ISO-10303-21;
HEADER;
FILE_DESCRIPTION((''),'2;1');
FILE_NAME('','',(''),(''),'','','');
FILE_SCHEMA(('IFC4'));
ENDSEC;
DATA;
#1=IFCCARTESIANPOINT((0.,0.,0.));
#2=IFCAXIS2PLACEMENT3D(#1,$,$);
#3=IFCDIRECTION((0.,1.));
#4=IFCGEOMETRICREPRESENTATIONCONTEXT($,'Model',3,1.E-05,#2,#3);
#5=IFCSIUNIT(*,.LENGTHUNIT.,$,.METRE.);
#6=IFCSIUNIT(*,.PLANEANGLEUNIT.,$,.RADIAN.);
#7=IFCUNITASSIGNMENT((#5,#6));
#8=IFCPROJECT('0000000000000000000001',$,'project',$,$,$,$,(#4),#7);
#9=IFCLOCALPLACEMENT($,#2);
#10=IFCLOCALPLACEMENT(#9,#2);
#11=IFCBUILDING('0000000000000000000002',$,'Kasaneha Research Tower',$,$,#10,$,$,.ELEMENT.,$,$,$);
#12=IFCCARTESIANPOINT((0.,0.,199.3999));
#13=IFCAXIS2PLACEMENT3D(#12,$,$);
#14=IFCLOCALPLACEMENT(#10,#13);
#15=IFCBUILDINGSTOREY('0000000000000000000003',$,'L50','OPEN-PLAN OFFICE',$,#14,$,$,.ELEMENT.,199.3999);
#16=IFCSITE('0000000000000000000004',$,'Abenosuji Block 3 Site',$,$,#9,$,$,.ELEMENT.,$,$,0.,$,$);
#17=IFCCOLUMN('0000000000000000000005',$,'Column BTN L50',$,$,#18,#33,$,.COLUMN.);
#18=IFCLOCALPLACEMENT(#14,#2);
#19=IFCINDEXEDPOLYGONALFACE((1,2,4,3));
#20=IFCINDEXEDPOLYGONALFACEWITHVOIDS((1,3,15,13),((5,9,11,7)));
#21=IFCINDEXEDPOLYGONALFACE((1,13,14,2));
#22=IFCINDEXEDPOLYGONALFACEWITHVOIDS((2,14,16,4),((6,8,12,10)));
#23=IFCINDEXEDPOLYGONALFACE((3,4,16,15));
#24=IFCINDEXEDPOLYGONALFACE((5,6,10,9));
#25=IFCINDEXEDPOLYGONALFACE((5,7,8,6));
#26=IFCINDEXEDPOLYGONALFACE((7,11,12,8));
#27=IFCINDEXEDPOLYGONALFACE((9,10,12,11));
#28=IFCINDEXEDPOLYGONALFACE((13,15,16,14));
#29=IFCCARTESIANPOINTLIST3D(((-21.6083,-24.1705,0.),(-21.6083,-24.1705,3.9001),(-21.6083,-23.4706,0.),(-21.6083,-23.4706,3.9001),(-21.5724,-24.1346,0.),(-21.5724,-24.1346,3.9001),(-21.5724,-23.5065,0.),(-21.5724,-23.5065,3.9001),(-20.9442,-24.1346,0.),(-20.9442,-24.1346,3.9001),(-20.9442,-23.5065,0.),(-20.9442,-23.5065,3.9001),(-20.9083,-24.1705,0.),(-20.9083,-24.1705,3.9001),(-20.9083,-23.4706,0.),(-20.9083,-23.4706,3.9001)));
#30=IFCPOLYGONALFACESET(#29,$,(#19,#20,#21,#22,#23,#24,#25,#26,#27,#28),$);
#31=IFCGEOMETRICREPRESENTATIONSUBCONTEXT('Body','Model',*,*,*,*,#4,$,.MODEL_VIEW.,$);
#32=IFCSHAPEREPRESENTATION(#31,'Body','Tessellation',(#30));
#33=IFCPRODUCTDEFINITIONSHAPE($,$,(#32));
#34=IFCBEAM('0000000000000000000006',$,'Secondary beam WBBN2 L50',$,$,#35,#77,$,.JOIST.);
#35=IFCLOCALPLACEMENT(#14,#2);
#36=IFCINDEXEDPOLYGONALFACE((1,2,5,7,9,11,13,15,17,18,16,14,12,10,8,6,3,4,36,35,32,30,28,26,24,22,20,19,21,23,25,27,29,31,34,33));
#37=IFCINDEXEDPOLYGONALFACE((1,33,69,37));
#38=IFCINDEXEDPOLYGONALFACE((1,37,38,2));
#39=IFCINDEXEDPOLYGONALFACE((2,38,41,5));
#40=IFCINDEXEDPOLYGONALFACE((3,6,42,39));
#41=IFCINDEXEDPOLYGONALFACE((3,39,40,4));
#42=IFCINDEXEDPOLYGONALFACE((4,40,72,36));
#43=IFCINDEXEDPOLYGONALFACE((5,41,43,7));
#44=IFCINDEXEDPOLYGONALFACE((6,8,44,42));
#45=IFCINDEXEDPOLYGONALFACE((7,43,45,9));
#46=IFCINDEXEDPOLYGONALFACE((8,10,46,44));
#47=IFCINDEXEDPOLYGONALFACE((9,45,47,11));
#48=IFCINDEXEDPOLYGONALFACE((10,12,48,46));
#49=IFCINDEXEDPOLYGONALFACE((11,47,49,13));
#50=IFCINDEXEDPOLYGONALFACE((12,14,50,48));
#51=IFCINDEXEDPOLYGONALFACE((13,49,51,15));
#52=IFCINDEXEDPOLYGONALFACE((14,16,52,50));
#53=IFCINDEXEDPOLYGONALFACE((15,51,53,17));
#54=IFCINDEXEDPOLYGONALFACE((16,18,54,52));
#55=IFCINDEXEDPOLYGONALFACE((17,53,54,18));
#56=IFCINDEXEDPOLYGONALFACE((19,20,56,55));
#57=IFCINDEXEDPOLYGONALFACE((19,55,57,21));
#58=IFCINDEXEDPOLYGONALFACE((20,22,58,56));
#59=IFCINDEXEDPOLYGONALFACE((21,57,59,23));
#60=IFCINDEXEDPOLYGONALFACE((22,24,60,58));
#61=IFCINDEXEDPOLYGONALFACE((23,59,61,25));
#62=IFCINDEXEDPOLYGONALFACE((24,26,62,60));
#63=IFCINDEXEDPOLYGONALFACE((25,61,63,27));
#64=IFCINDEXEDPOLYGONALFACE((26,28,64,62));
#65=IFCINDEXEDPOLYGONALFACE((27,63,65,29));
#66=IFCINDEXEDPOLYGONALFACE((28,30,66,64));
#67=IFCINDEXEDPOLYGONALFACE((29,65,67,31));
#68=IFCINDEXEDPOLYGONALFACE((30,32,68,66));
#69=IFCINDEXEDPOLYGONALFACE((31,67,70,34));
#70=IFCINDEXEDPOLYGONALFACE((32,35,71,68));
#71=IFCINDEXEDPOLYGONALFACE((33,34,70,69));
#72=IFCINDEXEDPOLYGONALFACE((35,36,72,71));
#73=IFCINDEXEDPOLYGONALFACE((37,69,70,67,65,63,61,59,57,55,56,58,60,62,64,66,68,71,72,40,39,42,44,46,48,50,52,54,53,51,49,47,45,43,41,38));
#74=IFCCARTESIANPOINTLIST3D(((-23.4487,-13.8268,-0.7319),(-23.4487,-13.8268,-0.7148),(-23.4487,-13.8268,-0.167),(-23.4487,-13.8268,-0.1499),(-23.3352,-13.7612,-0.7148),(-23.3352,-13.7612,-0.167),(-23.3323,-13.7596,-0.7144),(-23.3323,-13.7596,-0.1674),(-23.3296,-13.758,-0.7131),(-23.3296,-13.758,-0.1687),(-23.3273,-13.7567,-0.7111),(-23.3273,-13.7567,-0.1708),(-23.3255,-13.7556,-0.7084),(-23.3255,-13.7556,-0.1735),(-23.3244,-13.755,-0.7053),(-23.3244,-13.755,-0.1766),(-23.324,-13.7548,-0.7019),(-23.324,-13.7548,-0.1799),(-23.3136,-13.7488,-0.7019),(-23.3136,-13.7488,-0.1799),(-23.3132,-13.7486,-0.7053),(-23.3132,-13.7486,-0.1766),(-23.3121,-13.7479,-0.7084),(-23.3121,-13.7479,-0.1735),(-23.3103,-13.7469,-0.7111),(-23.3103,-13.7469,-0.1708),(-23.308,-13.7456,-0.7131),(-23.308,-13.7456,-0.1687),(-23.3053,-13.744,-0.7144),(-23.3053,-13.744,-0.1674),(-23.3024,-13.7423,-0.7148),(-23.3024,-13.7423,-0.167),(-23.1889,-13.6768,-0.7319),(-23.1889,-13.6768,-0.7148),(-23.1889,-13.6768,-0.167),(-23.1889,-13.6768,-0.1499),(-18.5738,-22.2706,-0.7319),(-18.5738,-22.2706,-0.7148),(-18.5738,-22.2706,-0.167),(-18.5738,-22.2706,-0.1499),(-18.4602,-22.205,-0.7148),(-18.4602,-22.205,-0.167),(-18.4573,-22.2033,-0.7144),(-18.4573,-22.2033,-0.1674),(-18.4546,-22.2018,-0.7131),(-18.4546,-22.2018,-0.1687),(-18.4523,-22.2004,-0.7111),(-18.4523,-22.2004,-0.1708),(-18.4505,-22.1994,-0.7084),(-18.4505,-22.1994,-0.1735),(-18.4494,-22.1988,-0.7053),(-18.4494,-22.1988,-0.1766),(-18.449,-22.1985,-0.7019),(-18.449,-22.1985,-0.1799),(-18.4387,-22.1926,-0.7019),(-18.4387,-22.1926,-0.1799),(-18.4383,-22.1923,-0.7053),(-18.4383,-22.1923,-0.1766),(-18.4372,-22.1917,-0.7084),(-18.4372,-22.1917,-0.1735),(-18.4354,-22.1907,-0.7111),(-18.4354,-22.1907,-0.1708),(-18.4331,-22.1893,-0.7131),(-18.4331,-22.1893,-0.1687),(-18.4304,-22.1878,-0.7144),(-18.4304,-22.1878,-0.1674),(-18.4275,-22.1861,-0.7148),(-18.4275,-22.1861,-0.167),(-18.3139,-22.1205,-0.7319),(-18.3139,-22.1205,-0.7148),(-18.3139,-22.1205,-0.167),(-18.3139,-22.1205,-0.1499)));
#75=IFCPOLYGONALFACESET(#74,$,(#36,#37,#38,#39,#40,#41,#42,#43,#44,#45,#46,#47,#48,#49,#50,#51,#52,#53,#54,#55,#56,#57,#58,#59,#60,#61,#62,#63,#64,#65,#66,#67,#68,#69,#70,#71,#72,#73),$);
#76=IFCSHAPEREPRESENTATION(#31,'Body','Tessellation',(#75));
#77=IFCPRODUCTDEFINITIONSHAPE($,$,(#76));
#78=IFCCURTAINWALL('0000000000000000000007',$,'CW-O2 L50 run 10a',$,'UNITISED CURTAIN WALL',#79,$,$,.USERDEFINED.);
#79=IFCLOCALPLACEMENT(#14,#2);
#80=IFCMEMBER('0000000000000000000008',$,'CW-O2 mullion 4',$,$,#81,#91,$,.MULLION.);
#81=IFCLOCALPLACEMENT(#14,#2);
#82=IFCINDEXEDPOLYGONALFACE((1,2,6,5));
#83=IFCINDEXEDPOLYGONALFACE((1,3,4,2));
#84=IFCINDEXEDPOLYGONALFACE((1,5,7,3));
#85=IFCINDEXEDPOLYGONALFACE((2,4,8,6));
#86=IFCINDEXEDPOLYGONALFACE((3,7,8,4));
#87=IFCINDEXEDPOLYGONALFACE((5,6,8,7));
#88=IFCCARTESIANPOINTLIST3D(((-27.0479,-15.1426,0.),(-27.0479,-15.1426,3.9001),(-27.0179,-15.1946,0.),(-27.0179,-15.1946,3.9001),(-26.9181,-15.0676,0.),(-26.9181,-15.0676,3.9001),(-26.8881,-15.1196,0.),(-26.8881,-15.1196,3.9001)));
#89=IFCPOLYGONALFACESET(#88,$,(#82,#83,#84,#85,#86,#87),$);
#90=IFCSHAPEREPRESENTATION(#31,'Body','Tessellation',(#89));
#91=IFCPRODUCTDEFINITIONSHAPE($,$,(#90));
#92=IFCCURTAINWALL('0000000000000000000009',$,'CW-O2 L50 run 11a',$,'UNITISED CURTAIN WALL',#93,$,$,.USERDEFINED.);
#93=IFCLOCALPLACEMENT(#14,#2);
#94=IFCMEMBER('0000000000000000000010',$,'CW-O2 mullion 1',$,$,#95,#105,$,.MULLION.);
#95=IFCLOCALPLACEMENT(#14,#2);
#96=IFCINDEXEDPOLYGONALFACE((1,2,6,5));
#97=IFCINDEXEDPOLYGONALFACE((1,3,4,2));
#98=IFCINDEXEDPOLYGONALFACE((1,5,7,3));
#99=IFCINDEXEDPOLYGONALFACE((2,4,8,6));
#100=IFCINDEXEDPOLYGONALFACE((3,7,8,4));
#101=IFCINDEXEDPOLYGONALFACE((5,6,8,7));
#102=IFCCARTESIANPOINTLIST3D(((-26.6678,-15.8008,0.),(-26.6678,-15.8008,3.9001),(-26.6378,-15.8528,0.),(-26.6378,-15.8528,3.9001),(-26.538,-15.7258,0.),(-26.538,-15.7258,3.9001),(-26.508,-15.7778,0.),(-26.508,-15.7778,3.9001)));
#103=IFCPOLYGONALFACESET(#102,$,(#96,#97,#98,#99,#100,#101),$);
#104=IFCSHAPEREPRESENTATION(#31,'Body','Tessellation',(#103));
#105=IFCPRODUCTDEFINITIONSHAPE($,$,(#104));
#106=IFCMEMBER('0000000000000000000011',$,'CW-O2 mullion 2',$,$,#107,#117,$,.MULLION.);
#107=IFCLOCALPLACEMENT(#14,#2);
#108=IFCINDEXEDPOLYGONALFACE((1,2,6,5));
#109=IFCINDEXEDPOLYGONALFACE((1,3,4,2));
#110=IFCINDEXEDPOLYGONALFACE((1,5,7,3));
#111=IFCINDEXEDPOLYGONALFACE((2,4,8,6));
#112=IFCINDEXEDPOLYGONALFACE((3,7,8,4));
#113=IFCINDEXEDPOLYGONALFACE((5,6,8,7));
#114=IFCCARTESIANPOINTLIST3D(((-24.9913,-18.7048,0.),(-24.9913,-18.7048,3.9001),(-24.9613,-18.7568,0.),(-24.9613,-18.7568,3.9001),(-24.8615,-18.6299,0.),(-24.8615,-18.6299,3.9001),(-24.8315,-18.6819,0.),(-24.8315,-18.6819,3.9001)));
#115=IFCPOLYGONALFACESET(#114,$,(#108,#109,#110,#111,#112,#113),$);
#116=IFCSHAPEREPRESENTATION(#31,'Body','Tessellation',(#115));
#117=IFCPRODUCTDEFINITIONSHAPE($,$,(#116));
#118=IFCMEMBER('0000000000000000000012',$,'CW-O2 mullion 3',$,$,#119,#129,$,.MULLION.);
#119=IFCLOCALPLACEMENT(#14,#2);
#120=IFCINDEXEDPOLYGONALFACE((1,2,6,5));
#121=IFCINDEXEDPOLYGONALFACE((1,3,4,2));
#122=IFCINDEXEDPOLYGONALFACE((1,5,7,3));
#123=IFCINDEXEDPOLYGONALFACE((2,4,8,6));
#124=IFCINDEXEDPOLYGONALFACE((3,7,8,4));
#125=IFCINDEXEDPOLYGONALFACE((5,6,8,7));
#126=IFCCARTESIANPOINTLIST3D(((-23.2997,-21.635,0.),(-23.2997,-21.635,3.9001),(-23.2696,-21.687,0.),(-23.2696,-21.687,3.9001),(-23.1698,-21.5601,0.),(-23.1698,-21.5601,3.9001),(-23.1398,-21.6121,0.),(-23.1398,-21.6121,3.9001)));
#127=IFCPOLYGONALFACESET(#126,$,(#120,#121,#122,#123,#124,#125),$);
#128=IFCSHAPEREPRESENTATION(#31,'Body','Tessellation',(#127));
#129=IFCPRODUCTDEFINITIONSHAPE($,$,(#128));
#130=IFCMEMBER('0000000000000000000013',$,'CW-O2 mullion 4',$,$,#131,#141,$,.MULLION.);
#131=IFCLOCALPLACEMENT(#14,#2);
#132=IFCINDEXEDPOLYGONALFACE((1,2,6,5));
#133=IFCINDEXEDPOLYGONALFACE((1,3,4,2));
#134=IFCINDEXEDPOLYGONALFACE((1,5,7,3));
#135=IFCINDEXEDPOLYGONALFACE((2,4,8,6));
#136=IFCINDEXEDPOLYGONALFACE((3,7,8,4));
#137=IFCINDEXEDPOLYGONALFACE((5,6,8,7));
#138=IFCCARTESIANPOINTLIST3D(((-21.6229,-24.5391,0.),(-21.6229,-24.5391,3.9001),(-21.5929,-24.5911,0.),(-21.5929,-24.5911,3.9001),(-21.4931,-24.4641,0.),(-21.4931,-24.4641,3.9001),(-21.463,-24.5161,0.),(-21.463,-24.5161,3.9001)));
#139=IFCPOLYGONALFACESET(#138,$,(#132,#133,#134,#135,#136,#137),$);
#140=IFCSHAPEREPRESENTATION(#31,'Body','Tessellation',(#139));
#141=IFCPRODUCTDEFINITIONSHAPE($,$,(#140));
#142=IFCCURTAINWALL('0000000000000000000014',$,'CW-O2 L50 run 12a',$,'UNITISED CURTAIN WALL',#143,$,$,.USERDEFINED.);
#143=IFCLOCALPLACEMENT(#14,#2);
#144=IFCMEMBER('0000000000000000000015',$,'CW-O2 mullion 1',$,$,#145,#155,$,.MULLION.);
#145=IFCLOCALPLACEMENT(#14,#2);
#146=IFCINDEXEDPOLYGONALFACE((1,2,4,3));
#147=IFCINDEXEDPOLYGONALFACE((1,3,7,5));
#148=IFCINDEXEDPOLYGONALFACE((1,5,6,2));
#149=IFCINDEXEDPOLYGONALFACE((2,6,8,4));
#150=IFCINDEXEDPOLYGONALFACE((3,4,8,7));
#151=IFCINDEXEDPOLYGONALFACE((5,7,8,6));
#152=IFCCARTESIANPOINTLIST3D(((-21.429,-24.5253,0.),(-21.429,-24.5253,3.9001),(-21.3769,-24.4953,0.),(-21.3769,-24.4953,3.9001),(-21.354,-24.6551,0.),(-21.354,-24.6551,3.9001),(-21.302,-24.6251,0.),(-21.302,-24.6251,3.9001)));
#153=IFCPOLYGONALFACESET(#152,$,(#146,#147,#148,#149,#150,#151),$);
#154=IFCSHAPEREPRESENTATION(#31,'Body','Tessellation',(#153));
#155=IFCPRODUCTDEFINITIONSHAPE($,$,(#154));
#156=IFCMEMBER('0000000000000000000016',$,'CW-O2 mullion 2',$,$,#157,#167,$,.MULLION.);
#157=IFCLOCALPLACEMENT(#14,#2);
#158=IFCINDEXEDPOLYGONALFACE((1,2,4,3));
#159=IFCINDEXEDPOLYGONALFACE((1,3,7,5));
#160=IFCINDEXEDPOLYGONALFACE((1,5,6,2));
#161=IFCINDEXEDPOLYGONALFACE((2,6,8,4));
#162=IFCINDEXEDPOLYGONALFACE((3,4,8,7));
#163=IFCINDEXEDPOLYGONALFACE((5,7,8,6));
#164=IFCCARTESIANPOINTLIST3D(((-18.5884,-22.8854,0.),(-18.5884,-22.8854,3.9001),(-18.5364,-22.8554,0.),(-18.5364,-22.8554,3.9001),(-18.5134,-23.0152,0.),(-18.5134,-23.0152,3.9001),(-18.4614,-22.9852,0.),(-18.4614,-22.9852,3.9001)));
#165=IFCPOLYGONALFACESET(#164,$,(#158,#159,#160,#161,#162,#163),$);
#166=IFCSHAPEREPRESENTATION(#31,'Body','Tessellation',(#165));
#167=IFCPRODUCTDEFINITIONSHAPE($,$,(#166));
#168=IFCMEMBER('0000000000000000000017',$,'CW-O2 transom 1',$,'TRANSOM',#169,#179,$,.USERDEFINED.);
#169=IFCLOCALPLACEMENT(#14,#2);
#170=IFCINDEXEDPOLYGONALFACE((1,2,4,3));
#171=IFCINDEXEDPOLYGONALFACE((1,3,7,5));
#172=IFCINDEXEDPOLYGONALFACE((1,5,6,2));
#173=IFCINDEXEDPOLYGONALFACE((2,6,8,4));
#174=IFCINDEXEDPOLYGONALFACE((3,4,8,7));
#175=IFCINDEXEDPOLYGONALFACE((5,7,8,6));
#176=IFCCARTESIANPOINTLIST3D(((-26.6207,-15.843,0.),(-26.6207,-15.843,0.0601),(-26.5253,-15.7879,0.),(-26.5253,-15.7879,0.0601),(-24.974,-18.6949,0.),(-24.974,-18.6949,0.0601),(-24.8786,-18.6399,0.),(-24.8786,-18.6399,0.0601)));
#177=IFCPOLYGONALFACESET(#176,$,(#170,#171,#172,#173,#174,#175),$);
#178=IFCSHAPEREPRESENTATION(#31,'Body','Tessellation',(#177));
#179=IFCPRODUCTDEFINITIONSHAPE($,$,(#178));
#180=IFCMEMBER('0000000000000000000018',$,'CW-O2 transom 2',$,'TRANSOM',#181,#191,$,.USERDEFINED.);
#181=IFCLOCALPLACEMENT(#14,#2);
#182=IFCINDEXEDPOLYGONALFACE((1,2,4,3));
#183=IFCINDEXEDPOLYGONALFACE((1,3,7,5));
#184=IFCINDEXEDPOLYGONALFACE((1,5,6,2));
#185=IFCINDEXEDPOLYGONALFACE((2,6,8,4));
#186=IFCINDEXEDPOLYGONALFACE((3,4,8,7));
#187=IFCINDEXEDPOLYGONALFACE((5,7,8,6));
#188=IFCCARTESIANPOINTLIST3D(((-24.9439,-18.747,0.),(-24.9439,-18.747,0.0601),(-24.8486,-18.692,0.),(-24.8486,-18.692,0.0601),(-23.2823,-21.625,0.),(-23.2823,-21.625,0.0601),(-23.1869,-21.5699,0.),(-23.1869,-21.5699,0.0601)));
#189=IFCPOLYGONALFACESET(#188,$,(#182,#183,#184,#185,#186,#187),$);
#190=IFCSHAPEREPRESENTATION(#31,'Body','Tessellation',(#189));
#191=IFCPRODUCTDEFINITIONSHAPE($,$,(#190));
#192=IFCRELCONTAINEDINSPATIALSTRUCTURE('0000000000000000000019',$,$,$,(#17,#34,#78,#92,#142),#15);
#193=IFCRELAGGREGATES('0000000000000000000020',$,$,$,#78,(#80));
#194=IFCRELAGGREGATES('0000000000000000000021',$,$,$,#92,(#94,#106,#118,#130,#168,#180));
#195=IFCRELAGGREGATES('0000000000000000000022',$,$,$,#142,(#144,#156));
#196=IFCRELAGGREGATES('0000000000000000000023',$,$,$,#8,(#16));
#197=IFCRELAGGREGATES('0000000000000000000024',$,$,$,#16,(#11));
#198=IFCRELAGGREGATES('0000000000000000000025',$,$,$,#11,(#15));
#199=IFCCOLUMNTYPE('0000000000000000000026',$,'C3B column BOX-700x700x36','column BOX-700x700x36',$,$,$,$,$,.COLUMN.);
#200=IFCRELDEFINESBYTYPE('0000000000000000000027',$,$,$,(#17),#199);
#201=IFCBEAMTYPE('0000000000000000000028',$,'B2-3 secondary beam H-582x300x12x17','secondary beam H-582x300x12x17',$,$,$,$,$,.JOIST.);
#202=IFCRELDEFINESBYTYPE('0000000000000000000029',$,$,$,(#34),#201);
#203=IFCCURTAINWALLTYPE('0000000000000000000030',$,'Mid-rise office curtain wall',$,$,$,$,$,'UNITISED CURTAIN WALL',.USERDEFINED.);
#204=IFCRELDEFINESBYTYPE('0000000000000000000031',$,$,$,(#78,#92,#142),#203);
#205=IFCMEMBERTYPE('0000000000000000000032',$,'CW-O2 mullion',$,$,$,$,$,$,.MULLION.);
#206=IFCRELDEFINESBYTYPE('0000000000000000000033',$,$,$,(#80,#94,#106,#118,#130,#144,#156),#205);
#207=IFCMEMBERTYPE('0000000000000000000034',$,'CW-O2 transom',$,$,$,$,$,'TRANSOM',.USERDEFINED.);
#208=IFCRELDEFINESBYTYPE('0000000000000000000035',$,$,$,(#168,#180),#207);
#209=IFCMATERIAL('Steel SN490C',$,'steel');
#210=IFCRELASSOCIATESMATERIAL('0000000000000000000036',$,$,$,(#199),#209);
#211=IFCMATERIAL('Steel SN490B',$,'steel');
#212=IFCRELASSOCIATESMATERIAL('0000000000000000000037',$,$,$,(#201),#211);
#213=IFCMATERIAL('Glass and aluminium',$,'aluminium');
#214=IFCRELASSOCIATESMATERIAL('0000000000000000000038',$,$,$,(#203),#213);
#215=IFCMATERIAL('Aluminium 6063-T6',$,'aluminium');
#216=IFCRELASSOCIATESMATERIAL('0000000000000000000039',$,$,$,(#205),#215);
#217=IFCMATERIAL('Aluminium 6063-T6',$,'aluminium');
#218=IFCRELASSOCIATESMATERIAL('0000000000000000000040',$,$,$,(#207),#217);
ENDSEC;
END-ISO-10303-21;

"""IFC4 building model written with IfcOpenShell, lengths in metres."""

from ifc_helpers import new_model, si_unit, direction, frame, origin, origin_2d, place, context, subcontext, project, spatial, rectangle, hollow_rectangle, i_section, extrude, material, material_profile, profile_set, type_object, element, aggregate, save


model = new_model("IFC4")

# Units and contexts
model_context = context("Model", 3, precision=1e-05, world=origin(), true_north=direction((0.0, 1.0)))
body_context = subcontext(model_context, "Body", "Model", "MODEL_VIEW")
ifc_project = project(units=[si_unit("LENGTHUNIT", "METRE"), si_unit("PLANEANGLEUNIT", "RADIAN")], contexts=[model_context])

# Site, building, storey
site_placement = place(None, origin())
site = spatial("IfcSite", under=ifc_project, at=site_placement, Name="Abenosuji Block 3 Site", CompositionType="ELEMENT", RefElevation=0.0)
building_placement = place(site_placement, origin())
building = spatial("IfcBuilding", under=site, at=building_placement, Name="Kasaneha Research Tower", CompositionType="ELEMENT")
storey_placement = place(building_placement, frame((0.0, 0.0, 199.3999)))
storey = spatial("IfcBuildingStorey", under=building, at=storey_placement, Name="L50", Description="OPEN-PLAN OFFICE", CompositionType="ELEMENT", Elevation=199.3999)

# Column
ifc_material_1 = material(Name="Steel SN490C", Category="steel")
ifc_material_profile_1 = material_profile(ifc_material_1, hollow_rectangle(XDim=0.7, YDim=0.7, WallThickness=0.0359, at=origin_2d()), Name="BOX-700x700x36")
ifc_profile_set_1 = profile_set([ifc_material_profile_1], Name="Steel SN490C")
column_type = type_object("IfcColumnType", Name="C3B column BOX-700x700x36", Description="column BOX-700x700x36", PredefinedType="COLUMN", material=ifc_profile_set_1)
column_placement = place(storey_placement, frame((-21.2583, -23.8206, 0.0), z_axis=(0.0, 0.0, 1.0), x_axis=(1.0, 0.0, 0.0)))
element("IfcColumn", 1, at=column_placement, inside=storey, type_object=column_type, Name="Column BTN L50", PredefinedType="COLUMN", context=body_context, shape_type="SweptSolid", body=[
    extrude(hollow_rectangle(XDim=0.7, YDim=0.7, WallThickness=0.0359, at=origin_2d()), origin(), (0.0, 0.0, 1.0), 3.9001),
])

# Beam
ifc_material_2 = material(Name="Steel SN490B", Category="steel")
ifc_material_profile_2 = material_profile(ifc_material_2, i_section(OverallWidth=0.3, OverallDepth=0.582, WebThickness=0.012, FlangeThickness=0.0171, FilletRadius=0.0129, at=origin_2d()), Name="H-582x300x12x17")
ifc_profile_set_2 = profile_set([ifc_material_profile_2], Name="Steel SN490B")
beam_type_1 = type_object("IfcBeamType", Name="B2-3 secondary beam H-582x300x12x17", Description="secondary beam H-582x300x12x17", PredefinedType="JOIST", material=ifc_profile_set_2)
beam_1_placement = place(storey_placement, frame((-18.4438, -22.1956, -0.4409), z_axis=(-0.499996, 0.866028, 0.0), x_axis=(-0.866028, -0.499996, 0.0)))
element("IfcBeam", 2, at=beam_1_placement, inside=storey, type_object=beam_type_1, Name="Secondary beam WBBN2 L50", PredefinedType="JOIST", context=body_context, shape_type="SweptSolid", body=[
    extrude(i_section(OverallWidth=0.3, OverallDepth=0.582, WebThickness=0.012, FlangeThickness=0.0171, FilletRadius=0.0129, at=origin_2d()), origin(), (0.0, 0.0, 1.0), 9.75),
])

# Curtain wall, member
ifc_material_3 = material(Name="Glass and aluminium", Category="aluminium")
curtain_wall_type = type_object("IfcCurtainWallType", Name="Mid-rise office curtain wall", ElementType="UNITISED CURTAIN WALL", PredefinedType="USERDEFINED", material=ifc_material_3)
curtain_wall_1_placement = place(storey_placement, origin())
curtain_wall_1 = element("IfcCurtainWall", 3, at=curtain_wall_1_placement, inside=storey, type_object=curtain_wall_type, Name="CW-O2 L50 run 10a", ObjectType="UNITISED CURTAIN WALL", PredefinedType="USERDEFINED")
ifc_material_4 = material(Name="Aluminium 6063-T6", Category="aluminium")
ifc_material_profile_3 = material_profile(ifc_material_4, rectangle(XDim=0.0601, YDim=0.1499, at=origin_2d()), Name="CW-O2 mullion 60x150")
ifc_profile_set_3 = profile_set([ifc_material_profile_3], Name="Aluminium 6063-T6")
member_type_1 = type_object("IfcMemberType", Name="CW-O2 mullion", PredefinedType="MULLION", material=ifc_profile_set_3)
member_1_placement = place(storey_placement, frame((-26.968, -15.1311, 0.0), z_axis=(0.0, 0.0, 1.0), x_axis=(0.5, -0.866025, 0.0)))
member_1 = element("IfcMember", 4, at=member_1_placement, type_object=member_type_1, Name="CW-O2 mullion 4", PredefinedType="MULLION", context=body_context, shape_type="SweptSolid", body=[
    extrude(rectangle(XDim=0.0601, YDim=0.1499, at=origin_2d()), origin(), (0.0, 0.0, 1.0), 3.9001),
])
aggregate(curtain_wall_1, [member_1])

# Curtain walls, members
curtain_wall_2_placement = place(storey_placement, origin())
curtain_wall_2 = element("IfcCurtainWall", 5, at=curtain_wall_2_placement, inside=storey, type_object=curtain_wall_type, Name="CW-O2 L50 run 11a", ObjectType="UNITISED CURTAIN WALL", PredefinedType="USERDEFINED")
member_2_placement = place(storey_placement, frame((-26.5879, -15.7893, 0.0), z_axis=(0.0, 0.0, 1.0), x_axis=(0.5, -0.866025, 0.0)))
member_2 = element("IfcMember", 6, at=member_2_placement, type_object=member_type_1, Name="CW-O2 mullion 1", PredefinedType="MULLION", context=body_context, shape_type="SweptSolid", body=[
    extrude(rectangle(XDim=0.0601, YDim=0.1499, at=origin_2d()), origin(), (0.0, 0.0, 1.0), 3.9001),
])
member_3_placement = place(storey_placement, frame((-24.9114, -18.6934, 0.0), z_axis=(0.0, 0.0, 1.0), x_axis=(0.5, -0.866025, 0.0)))
member_3 = element("IfcMember", 7, at=member_3_placement, type_object=member_type_1, Name="CW-O2 mullion 2", PredefinedType="MULLION", context=body_context, shape_type="SweptSolid", body=[
    extrude(rectangle(XDim=0.0601, YDim=0.1499, at=origin_2d()), origin(), (0.0, 0.0, 1.0), 3.9001),
])
member_4_placement = place(storey_placement, frame((-23.2197, -21.6235, 0.0), z_axis=(0.0, 0.0, 1.0), x_axis=(0.5, -0.866025, 0.0)))
member_4 = element("IfcMember", 8, at=member_4_placement, type_object=member_type_1, Name="CW-O2 mullion 3", PredefinedType="MULLION", context=body_context, shape_type="SweptSolid", body=[
    extrude(rectangle(XDim=0.0601, YDim=0.1499, at=origin_2d()), origin(), (0.0, 0.0, 1.0), 3.9001),
])
member_5_placement = place(storey_placement, frame((-21.543, -24.5276, 0.0), z_axis=(0.0, 0.0, 1.0), x_axis=(0.5, -0.866025, 0.0)))
member_5 = element("IfcMember", 9, at=member_5_placement, type_object=member_type_1, Name="CW-O2 mullion 4", PredefinedType="MULLION", context=body_context, shape_type="SweptSolid", body=[
    extrude(rectangle(XDim=0.0601, YDim=0.1499, at=origin_2d()), origin(), (0.0, 0.0, 1.0), 3.9001),
])
curtain_wall_3_placement = place(storey_placement, origin())
curtain_wall_3 = element("IfcCurtainWall", 10, at=curtain_wall_3_placement, inside=storey, type_object=curtain_wall_type, Name="CW-O2 L50 run 12a", ObjectType="UNITISED CURTAIN WALL", PredefinedType="USERDEFINED")
member_6_placement = place(storey_placement, frame((-21.3655, -24.5752, 0.0), z_axis=(0.0, 0.0, 1.0), x_axis=(0.866025, 0.5, 0.0)))
member_6 = element("IfcMember", 11, at=member_6_placement, type_object=member_type_1, Name="CW-O2 mullion 1", PredefinedType="MULLION", context=body_context, shape_type="SweptSolid", body=[
    extrude(rectangle(XDim=0.0601, YDim=0.1499, at=origin_2d()), origin(), (0.0, 0.0, 1.0), 3.9001),
])
member_7_placement = place(storey_placement, frame((-18.5249, -22.9353, 0.0), z_axis=(0.0, 0.0, 1.0), x_axis=(0.866025, 0.5, 0.0)))
member_7 = element("IfcMember", 12, at=member_7_placement, type_object=member_type_1, Name="CW-O2 mullion 2", PredefinedType="MULLION", context=body_context, shape_type="SweptSolid", body=[
    extrude(rectangle(XDim=0.0601, YDim=0.1499, at=origin_2d()), origin(), (0.0, 0.0, 1.0), 3.9001),
])

# Members
ifc_material_5 = material(Name="Aluminium 6063-T6", Category="aluminium")
ifc_material_profile_4 = material_profile(ifc_material_5, rectangle(XDim=0.1101, YDim=0.0601, at=origin_2d()), Name="CW-O2 transom 110x60")
ifc_profile_set_4 = profile_set([ifc_material_profile_4], Name="Aluminium 6063-T6")
member_type_2 = type_object("IfcMemberType", Name="CW-O2 transom", ElementType="TRANSOM", PredefinedType="USERDEFINED", material=ifc_profile_set_4)
member_8_placement = place(storey_placement, frame((-26.573, -15.8154, 0.03), z_axis=(0.500022, -0.866013, 0.0), x_axis=(0.866013, 0.500022, 0.0)))
member_8 = element("IfcMember", 13, at=member_8_placement, type_object=member_type_2, Name="CW-O2 transom 1", ObjectType="TRANSOM", PredefinedType="USERDEFINED", context=body_context, shape_type="SweptSolid", body=[
    extrude(rectangle(XDim=0.1101, YDim=0.0601, at=origin_2d()), origin(), (0.0, 0.0, 1.0), 3.2932),
])
member_9_placement = place(storey_placement, frame((-24.8962, -18.7195, 0.03), z_axis=(0.500011, -0.866019, 0.0), x_axis=(0.866019, 0.500011, 0.0)))
member_9 = element("IfcMember", 14, at=member_9_placement, type_object=member_type_2, Name="CW-O2 transom 2", ObjectType="TRANSOM", PredefinedType="USERDEFINED", context=body_context, shape_type="SweptSolid", body=[
    extrude(rectangle(XDim=0.1101, YDim=0.0601, at=origin_2d()), origin(), (0.0, 0.0, 1.0), 3.3232),
])

aggregate(curtain_wall_2, [member_2, member_3, member_4, member_5, member_8, member_9])
aggregate(curtain_wall_3, [member_6, member_7])

save(model, "model.ifc")
